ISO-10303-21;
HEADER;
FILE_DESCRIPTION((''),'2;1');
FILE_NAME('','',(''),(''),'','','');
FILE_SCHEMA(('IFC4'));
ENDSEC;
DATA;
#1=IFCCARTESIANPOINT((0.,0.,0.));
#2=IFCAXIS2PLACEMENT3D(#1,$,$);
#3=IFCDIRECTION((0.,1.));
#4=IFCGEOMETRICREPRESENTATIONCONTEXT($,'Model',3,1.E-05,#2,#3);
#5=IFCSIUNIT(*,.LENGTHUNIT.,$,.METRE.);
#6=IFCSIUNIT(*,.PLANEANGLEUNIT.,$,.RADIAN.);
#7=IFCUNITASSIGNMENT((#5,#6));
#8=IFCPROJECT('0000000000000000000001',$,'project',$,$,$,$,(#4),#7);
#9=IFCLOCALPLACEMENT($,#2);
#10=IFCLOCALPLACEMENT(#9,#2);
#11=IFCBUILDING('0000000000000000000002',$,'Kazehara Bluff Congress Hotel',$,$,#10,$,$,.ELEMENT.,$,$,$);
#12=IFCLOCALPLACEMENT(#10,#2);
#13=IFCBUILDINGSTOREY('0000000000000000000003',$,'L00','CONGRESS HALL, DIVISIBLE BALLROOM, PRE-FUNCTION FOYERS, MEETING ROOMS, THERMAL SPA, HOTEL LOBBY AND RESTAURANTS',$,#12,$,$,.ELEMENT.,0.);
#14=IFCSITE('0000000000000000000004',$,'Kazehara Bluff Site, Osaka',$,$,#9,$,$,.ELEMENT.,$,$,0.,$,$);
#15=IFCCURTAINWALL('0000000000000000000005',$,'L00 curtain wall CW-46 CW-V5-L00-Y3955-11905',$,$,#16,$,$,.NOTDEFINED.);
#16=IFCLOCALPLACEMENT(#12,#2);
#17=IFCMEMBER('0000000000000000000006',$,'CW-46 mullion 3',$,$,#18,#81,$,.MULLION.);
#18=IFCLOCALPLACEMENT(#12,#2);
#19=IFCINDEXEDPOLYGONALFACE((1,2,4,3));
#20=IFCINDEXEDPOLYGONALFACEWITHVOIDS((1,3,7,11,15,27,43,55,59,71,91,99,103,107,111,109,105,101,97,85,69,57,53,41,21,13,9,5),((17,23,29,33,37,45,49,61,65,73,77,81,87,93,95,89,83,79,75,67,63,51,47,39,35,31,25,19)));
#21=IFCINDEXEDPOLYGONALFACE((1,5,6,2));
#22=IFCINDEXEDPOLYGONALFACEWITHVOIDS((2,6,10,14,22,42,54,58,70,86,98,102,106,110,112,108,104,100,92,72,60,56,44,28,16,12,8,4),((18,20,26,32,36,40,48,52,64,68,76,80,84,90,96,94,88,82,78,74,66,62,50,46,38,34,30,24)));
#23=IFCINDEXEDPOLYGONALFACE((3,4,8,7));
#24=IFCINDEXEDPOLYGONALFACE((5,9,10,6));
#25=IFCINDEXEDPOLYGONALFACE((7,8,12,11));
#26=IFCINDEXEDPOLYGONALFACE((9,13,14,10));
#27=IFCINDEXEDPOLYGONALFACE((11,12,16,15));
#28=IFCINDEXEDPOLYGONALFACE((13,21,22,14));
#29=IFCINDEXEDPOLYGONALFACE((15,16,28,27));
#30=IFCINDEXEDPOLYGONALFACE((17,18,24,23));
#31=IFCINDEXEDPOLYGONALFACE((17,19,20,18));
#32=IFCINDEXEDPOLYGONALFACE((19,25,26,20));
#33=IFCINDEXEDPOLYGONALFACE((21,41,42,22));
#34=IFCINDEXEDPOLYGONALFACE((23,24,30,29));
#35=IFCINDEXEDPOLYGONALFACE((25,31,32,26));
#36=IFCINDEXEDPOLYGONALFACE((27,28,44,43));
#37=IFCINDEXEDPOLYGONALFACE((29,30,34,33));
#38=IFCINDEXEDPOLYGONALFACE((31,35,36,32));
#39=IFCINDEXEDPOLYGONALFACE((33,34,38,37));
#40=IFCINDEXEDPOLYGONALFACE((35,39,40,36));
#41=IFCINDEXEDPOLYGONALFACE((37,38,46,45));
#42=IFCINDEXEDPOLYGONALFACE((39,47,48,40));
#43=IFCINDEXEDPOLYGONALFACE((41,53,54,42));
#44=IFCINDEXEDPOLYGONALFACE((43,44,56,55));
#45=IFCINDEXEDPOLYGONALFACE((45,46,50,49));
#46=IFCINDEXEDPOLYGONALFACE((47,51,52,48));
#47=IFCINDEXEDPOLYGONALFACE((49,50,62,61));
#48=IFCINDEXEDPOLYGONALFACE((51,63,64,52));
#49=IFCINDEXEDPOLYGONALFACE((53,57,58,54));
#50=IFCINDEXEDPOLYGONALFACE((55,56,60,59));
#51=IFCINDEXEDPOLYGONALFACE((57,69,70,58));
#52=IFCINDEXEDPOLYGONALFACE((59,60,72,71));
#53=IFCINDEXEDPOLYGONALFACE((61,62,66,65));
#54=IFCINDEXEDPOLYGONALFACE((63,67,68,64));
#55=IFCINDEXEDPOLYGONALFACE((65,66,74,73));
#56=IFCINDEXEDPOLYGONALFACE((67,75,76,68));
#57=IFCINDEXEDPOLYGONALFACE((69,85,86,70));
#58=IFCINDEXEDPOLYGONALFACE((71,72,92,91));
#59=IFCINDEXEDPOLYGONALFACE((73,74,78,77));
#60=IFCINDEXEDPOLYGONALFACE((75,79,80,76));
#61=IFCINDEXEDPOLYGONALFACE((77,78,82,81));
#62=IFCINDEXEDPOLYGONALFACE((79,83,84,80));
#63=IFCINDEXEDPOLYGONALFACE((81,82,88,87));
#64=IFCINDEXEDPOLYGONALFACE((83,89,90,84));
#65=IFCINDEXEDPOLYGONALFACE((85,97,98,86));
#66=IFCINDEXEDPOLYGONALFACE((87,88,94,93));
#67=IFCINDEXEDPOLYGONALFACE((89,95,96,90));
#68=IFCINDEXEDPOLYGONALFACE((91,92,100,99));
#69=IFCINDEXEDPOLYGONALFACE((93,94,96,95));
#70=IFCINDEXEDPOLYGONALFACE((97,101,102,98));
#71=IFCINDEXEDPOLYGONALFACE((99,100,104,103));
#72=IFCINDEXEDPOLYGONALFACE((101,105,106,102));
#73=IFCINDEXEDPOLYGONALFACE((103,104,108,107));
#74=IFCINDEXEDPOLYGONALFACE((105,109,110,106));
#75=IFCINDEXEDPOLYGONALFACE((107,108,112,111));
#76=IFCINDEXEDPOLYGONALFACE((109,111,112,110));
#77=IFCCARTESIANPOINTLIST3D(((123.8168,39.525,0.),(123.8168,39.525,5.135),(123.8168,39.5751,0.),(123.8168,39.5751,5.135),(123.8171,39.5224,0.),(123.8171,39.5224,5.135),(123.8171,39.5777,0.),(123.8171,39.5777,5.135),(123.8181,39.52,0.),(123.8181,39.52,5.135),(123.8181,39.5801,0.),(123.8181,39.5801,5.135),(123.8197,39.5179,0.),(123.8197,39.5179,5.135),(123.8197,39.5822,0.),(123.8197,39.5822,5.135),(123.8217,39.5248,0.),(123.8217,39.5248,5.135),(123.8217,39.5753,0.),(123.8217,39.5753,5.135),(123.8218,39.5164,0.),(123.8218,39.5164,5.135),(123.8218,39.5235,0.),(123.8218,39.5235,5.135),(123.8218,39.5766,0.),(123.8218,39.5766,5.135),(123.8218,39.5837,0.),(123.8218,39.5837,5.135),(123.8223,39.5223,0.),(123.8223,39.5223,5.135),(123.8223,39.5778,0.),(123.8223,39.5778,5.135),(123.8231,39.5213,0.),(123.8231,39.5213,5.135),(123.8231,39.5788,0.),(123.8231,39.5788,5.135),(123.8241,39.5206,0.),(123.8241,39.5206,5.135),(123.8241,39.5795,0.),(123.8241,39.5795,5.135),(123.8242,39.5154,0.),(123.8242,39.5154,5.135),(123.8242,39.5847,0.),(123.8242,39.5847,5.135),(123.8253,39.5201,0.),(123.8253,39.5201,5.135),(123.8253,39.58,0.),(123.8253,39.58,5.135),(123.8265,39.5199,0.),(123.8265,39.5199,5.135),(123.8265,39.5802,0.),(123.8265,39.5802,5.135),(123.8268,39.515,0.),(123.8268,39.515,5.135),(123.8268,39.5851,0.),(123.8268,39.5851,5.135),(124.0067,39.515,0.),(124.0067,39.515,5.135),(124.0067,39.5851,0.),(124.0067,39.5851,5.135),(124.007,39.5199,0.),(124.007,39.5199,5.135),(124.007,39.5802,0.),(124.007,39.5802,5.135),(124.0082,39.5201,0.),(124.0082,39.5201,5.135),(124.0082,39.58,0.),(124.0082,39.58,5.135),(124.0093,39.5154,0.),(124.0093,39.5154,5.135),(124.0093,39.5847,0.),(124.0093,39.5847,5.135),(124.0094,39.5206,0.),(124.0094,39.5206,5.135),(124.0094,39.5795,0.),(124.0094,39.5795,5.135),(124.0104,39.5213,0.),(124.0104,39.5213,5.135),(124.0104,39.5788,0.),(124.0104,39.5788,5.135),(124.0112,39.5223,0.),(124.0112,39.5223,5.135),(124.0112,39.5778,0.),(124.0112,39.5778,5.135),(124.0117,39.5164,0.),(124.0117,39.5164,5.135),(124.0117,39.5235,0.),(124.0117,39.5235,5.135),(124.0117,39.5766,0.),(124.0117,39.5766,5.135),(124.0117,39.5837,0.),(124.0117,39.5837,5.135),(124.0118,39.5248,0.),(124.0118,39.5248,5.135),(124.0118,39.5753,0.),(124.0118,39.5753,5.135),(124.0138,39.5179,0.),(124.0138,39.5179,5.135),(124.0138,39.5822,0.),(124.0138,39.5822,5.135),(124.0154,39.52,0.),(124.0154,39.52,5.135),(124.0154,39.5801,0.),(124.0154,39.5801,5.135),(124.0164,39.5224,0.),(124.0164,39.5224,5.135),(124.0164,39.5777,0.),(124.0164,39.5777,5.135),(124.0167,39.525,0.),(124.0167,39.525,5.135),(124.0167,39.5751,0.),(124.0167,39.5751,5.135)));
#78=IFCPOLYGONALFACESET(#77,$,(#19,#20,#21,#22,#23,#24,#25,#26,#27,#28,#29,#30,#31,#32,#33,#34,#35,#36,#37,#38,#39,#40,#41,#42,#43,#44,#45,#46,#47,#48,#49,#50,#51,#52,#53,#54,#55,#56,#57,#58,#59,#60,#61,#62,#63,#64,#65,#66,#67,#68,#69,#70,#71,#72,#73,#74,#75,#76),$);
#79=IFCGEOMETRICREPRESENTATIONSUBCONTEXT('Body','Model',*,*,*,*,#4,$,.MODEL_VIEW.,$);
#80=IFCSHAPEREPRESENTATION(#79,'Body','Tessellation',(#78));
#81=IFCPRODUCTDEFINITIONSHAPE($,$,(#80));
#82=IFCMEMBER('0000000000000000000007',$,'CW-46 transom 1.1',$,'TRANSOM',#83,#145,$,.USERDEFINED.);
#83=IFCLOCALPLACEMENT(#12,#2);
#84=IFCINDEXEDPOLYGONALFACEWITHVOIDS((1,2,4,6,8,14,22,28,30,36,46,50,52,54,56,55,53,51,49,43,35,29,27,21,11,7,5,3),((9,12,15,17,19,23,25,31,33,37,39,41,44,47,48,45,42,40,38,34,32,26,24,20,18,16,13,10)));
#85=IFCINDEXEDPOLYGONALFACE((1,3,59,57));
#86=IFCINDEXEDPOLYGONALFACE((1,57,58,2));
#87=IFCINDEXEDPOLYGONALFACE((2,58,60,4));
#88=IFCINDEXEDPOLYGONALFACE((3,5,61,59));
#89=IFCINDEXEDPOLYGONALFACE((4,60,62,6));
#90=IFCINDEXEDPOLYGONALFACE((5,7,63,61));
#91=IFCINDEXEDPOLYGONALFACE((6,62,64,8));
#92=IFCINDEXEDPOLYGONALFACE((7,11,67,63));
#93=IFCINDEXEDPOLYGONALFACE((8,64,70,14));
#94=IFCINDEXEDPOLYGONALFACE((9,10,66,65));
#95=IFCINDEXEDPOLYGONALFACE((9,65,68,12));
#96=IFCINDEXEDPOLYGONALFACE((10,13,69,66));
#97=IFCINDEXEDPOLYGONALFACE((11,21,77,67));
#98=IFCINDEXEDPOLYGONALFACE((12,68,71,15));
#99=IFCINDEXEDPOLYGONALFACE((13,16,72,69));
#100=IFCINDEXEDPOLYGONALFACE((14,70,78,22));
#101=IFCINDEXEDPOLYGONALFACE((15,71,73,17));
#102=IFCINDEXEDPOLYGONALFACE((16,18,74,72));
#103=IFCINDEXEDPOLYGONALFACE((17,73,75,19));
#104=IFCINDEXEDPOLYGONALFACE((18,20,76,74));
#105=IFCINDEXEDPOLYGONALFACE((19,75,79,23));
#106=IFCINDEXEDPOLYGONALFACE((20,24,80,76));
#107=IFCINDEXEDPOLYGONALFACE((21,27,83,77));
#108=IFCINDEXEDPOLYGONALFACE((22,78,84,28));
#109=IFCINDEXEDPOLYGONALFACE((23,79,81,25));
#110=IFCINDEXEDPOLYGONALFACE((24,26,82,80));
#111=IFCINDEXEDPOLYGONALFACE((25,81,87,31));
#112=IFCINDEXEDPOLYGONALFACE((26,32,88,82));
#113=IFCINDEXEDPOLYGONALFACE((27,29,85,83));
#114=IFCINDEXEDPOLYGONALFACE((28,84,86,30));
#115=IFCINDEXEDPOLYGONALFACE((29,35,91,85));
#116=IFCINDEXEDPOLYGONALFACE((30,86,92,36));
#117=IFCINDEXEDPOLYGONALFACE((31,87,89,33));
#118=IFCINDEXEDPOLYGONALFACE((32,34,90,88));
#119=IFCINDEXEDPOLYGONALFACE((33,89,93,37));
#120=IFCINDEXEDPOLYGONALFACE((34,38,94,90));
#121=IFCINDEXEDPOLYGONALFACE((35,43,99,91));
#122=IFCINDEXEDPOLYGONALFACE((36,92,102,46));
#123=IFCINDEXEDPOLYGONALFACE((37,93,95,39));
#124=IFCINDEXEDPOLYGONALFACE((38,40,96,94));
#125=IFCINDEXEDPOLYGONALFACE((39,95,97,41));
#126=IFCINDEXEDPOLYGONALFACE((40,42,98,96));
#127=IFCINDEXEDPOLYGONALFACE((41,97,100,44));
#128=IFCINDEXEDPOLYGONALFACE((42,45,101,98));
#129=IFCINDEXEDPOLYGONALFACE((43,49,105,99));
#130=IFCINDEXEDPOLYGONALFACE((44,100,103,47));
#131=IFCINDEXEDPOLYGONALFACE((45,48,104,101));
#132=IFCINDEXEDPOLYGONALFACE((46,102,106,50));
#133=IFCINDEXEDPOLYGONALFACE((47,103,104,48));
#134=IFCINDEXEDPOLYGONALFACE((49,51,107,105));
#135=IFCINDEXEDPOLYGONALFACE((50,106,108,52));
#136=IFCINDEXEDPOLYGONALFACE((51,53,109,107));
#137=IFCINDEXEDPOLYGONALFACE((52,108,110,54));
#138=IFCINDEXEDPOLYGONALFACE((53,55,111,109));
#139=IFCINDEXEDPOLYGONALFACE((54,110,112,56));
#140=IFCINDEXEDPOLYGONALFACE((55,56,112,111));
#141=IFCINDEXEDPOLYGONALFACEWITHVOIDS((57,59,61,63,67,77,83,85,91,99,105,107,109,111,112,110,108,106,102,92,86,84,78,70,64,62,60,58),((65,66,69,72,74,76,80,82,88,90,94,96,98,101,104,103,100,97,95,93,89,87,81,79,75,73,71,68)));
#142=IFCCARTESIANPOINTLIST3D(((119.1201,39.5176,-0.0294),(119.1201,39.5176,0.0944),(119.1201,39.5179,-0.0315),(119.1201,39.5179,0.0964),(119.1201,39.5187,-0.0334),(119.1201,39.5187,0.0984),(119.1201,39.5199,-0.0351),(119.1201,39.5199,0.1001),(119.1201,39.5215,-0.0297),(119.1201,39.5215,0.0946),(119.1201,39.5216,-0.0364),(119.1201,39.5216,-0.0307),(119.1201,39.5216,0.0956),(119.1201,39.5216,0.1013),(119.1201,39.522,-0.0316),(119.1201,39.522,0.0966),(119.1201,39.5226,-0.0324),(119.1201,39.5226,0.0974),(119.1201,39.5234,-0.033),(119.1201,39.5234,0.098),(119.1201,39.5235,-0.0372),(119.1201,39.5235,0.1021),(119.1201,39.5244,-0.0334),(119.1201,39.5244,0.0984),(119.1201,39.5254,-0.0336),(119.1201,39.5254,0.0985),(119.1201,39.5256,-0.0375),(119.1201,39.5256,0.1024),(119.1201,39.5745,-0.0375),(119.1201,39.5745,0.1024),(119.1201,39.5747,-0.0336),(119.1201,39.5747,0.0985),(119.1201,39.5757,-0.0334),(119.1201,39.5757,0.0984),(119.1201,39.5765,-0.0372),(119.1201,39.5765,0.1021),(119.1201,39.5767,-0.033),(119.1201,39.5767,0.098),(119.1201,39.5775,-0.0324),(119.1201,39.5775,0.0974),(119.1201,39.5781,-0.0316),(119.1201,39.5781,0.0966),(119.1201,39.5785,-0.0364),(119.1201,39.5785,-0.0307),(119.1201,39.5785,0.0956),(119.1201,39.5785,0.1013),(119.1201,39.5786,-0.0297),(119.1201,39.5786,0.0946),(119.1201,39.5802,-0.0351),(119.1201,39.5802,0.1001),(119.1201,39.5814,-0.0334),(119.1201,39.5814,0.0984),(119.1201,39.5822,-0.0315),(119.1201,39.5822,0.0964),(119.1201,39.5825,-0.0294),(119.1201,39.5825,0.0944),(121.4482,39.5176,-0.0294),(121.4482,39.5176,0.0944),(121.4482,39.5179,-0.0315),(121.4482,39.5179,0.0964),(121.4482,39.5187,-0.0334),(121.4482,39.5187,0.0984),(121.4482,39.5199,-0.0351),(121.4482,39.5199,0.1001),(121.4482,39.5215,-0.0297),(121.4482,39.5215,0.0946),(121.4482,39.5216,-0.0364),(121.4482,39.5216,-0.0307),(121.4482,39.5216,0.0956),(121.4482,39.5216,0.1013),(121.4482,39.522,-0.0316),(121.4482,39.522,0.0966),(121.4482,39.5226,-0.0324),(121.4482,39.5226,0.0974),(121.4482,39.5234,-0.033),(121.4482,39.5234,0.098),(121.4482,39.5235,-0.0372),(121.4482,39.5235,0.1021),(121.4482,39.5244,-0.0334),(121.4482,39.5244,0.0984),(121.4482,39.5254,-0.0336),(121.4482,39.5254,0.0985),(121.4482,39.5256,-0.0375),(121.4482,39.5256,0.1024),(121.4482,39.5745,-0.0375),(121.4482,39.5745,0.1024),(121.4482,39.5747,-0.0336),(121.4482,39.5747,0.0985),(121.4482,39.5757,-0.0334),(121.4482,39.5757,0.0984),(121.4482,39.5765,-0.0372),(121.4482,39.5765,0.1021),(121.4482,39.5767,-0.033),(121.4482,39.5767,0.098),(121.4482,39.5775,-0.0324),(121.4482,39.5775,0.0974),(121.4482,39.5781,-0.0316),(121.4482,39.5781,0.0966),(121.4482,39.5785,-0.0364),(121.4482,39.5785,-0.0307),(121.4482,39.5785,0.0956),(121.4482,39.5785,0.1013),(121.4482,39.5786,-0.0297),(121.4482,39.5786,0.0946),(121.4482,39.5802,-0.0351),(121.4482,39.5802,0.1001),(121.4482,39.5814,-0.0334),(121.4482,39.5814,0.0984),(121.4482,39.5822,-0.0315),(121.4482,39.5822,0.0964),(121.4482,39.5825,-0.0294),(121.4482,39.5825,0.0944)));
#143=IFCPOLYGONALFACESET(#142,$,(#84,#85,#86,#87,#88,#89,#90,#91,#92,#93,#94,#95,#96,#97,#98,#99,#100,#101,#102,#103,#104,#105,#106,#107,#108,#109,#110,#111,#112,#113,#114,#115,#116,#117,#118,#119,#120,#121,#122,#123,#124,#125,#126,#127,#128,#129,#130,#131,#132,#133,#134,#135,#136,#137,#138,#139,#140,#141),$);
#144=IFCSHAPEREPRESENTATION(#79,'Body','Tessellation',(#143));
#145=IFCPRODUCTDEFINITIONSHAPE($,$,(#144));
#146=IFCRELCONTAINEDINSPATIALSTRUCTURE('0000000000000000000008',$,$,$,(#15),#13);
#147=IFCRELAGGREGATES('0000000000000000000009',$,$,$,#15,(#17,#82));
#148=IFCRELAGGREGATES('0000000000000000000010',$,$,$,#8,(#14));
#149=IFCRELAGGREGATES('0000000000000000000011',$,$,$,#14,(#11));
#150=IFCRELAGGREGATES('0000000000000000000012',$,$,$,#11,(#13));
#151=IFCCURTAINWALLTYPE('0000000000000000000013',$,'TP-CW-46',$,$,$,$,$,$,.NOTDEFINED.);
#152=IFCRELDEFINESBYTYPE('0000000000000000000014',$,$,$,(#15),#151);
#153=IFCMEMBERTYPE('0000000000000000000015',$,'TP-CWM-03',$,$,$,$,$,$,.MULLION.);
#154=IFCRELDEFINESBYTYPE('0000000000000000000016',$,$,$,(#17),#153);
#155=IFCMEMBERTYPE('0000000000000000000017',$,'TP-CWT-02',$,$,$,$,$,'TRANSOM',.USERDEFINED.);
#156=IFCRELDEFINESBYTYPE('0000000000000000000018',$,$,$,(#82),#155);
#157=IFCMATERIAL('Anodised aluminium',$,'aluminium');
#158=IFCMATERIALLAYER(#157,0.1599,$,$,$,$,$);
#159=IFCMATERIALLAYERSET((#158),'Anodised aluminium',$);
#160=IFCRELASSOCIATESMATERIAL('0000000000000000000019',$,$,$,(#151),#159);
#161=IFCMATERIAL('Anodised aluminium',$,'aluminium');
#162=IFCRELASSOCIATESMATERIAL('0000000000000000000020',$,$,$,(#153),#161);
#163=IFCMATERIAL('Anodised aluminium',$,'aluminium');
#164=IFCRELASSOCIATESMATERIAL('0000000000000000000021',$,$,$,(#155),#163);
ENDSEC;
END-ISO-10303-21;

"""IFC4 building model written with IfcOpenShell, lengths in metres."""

from ifc_helpers import new_model, si_unit, direction, frame, origin, origin_2d, place, context, subcontext, project, spatial, hollow_rectangle, extrude, material, layer, layer_set, material_profile, profile_set, type_object, element, aggregate, save


model = new_model("IFC4")

# Units and contexts
model_context = context("Model", 3, precision=1e-05, world=origin(), true_north=direction((0.0, 1.0)))
body_context = subcontext(model_context, "Body", "Model", "MODEL_VIEW")
ifc_project = project(units=[si_unit("LENGTHUNIT", "METRE"), si_unit("PLANEANGLEUNIT", "RADIAN")], contexts=[model_context])

# Site, building, storey
site_placement = place(None, origin())
site = spatial("IfcSite", under=ifc_project, at=site_placement, Name="Kazehara Bluff Site, Osaka", CompositionType="ELEMENT", RefElevation=0.0)
building_placement = place(site_placement, origin())
building = spatial("IfcBuilding", under=site, at=building_placement, Name="Kazehara Bluff Congress Hotel", CompositionType="ELEMENT")
storey_placement = place(building_placement, origin())
storey = spatial("IfcBuildingStorey", under=building, at=storey_placement, Name="L00", Description="CONGRESS HALL, DIVISIBLE BALLROOM, PRE-FUNCTION FOYERS, MEETING ROOMS, THERMAL SPA, HOTEL LOBBY AND RESTAURANTS", CompositionType="ELEMENT", Elevation=0.0)

# Curtain wall, members
ifc_material_1 = material(Name="Anodised aluminium", Category="aluminium")
ifc_layer_1 = layer(ifc_material_1, 0.1599)
ifc_layer_set_1 = layer_set([ifc_layer_1], Name="Anodised aluminium")
curtain_wall_type = type_object("IfcCurtainWallType", Name="TP-CW-46", PredefinedType="NOTDEFINED", material=ifc_layer_set_1)
curtain_wall_placement = place(storey_placement, origin())
curtain_wall = element("IfcCurtainWall", 1, at=curtain_wall_placement, inside=storey, type_object=curtain_wall_type, Name="L00 curtain wall CW-46 CW-V5-L00-Y3955-11905", PredefinedType="NOTDEFINED")
ifc_material_2 = material(Name="Anodised aluminium", Category="aluminium")
ifc_material_profile_1 = material_profile(ifc_material_2, hollow_rectangle(XDim=0.0701, YDim=0.2, WallThickness=0.0049, InnerFilletRadius=0.0049, OuterFilletRadius=0.01, at=origin_2d()))
ifc_profile_set_1 = profile_set([ifc_material_profile_1], Name="Anodised aluminium")
member_type_1 = type_object("IfcMemberType", Name="TP-CWM-03", PredefinedType="MULLION", material=ifc_profile_set_1)
member_1_placement = place(storey_placement, frame((123.9167, 39.55, 0.0), z_axis=(0.0, 0.0, 1.0), x_axis=(0.0, 1.0, 0.0)))
member_1 = element("IfcMember", 2, at=member_1_placement, type_object=member_type_1, Name="CW-46 mullion 3", PredefinedType="MULLION", context=body_context, shape_type="SweptSolid", body=[
    extrude(hollow_rectangle(XDim=0.0701, YDim=0.2, WallThickness=0.0049, InnerFilletRadius=0.0049, OuterFilletRadius=0.01, at=origin_2d()), origin(), (0.0, 0.0, 1.0), 5.135),
])
ifc_material_3 = material(Name="Anodised aluminium", Category="aluminium")
ifc_material_profile_2 = material_profile(ifc_material_3, hollow_rectangle(XDim=0.0649, YDim=0.1399, WallThickness=0.0039, InnerFilletRadius=0.0039, OuterFilletRadius=0.0081, at=origin_2d()))
ifc_profile_set_2 = profile_set([ifc_material_profile_2], Name="Anodised aluminium")
member_type_2 = type_object("IfcMemberType", Name="TP-CWT-02", ElementType="TRANSOM", PredefinedType="USERDEFINED", material=ifc_profile_set_2)
member_2_placement = place(storey_placement, frame((119.1201, 39.55, 0.0325), z_axis=(1.0, 0.0, 0.0), x_axis=(0.0, 1.0, 0.0)))
member_2 = element("IfcMember", 3, at=member_2_placement, type_object=member_type_2, Name="CW-46 transom 1.1", ObjectType="TRANSOM", PredefinedType="USERDEFINED", context=body_context, shape_type="SweptSolid", body=[
    extrude(hollow_rectangle(XDim=0.0649, YDim=0.1399, WallThickness=0.0039, InnerFilletRadius=0.0039, OuterFilletRadius=0.0081, at=origin_2d()), origin(), (0.0, 0.0, 1.0), 2.3281),
])

aggregate(curtain_wall, [member_1, member_2])

save(model, "model.ifc")
